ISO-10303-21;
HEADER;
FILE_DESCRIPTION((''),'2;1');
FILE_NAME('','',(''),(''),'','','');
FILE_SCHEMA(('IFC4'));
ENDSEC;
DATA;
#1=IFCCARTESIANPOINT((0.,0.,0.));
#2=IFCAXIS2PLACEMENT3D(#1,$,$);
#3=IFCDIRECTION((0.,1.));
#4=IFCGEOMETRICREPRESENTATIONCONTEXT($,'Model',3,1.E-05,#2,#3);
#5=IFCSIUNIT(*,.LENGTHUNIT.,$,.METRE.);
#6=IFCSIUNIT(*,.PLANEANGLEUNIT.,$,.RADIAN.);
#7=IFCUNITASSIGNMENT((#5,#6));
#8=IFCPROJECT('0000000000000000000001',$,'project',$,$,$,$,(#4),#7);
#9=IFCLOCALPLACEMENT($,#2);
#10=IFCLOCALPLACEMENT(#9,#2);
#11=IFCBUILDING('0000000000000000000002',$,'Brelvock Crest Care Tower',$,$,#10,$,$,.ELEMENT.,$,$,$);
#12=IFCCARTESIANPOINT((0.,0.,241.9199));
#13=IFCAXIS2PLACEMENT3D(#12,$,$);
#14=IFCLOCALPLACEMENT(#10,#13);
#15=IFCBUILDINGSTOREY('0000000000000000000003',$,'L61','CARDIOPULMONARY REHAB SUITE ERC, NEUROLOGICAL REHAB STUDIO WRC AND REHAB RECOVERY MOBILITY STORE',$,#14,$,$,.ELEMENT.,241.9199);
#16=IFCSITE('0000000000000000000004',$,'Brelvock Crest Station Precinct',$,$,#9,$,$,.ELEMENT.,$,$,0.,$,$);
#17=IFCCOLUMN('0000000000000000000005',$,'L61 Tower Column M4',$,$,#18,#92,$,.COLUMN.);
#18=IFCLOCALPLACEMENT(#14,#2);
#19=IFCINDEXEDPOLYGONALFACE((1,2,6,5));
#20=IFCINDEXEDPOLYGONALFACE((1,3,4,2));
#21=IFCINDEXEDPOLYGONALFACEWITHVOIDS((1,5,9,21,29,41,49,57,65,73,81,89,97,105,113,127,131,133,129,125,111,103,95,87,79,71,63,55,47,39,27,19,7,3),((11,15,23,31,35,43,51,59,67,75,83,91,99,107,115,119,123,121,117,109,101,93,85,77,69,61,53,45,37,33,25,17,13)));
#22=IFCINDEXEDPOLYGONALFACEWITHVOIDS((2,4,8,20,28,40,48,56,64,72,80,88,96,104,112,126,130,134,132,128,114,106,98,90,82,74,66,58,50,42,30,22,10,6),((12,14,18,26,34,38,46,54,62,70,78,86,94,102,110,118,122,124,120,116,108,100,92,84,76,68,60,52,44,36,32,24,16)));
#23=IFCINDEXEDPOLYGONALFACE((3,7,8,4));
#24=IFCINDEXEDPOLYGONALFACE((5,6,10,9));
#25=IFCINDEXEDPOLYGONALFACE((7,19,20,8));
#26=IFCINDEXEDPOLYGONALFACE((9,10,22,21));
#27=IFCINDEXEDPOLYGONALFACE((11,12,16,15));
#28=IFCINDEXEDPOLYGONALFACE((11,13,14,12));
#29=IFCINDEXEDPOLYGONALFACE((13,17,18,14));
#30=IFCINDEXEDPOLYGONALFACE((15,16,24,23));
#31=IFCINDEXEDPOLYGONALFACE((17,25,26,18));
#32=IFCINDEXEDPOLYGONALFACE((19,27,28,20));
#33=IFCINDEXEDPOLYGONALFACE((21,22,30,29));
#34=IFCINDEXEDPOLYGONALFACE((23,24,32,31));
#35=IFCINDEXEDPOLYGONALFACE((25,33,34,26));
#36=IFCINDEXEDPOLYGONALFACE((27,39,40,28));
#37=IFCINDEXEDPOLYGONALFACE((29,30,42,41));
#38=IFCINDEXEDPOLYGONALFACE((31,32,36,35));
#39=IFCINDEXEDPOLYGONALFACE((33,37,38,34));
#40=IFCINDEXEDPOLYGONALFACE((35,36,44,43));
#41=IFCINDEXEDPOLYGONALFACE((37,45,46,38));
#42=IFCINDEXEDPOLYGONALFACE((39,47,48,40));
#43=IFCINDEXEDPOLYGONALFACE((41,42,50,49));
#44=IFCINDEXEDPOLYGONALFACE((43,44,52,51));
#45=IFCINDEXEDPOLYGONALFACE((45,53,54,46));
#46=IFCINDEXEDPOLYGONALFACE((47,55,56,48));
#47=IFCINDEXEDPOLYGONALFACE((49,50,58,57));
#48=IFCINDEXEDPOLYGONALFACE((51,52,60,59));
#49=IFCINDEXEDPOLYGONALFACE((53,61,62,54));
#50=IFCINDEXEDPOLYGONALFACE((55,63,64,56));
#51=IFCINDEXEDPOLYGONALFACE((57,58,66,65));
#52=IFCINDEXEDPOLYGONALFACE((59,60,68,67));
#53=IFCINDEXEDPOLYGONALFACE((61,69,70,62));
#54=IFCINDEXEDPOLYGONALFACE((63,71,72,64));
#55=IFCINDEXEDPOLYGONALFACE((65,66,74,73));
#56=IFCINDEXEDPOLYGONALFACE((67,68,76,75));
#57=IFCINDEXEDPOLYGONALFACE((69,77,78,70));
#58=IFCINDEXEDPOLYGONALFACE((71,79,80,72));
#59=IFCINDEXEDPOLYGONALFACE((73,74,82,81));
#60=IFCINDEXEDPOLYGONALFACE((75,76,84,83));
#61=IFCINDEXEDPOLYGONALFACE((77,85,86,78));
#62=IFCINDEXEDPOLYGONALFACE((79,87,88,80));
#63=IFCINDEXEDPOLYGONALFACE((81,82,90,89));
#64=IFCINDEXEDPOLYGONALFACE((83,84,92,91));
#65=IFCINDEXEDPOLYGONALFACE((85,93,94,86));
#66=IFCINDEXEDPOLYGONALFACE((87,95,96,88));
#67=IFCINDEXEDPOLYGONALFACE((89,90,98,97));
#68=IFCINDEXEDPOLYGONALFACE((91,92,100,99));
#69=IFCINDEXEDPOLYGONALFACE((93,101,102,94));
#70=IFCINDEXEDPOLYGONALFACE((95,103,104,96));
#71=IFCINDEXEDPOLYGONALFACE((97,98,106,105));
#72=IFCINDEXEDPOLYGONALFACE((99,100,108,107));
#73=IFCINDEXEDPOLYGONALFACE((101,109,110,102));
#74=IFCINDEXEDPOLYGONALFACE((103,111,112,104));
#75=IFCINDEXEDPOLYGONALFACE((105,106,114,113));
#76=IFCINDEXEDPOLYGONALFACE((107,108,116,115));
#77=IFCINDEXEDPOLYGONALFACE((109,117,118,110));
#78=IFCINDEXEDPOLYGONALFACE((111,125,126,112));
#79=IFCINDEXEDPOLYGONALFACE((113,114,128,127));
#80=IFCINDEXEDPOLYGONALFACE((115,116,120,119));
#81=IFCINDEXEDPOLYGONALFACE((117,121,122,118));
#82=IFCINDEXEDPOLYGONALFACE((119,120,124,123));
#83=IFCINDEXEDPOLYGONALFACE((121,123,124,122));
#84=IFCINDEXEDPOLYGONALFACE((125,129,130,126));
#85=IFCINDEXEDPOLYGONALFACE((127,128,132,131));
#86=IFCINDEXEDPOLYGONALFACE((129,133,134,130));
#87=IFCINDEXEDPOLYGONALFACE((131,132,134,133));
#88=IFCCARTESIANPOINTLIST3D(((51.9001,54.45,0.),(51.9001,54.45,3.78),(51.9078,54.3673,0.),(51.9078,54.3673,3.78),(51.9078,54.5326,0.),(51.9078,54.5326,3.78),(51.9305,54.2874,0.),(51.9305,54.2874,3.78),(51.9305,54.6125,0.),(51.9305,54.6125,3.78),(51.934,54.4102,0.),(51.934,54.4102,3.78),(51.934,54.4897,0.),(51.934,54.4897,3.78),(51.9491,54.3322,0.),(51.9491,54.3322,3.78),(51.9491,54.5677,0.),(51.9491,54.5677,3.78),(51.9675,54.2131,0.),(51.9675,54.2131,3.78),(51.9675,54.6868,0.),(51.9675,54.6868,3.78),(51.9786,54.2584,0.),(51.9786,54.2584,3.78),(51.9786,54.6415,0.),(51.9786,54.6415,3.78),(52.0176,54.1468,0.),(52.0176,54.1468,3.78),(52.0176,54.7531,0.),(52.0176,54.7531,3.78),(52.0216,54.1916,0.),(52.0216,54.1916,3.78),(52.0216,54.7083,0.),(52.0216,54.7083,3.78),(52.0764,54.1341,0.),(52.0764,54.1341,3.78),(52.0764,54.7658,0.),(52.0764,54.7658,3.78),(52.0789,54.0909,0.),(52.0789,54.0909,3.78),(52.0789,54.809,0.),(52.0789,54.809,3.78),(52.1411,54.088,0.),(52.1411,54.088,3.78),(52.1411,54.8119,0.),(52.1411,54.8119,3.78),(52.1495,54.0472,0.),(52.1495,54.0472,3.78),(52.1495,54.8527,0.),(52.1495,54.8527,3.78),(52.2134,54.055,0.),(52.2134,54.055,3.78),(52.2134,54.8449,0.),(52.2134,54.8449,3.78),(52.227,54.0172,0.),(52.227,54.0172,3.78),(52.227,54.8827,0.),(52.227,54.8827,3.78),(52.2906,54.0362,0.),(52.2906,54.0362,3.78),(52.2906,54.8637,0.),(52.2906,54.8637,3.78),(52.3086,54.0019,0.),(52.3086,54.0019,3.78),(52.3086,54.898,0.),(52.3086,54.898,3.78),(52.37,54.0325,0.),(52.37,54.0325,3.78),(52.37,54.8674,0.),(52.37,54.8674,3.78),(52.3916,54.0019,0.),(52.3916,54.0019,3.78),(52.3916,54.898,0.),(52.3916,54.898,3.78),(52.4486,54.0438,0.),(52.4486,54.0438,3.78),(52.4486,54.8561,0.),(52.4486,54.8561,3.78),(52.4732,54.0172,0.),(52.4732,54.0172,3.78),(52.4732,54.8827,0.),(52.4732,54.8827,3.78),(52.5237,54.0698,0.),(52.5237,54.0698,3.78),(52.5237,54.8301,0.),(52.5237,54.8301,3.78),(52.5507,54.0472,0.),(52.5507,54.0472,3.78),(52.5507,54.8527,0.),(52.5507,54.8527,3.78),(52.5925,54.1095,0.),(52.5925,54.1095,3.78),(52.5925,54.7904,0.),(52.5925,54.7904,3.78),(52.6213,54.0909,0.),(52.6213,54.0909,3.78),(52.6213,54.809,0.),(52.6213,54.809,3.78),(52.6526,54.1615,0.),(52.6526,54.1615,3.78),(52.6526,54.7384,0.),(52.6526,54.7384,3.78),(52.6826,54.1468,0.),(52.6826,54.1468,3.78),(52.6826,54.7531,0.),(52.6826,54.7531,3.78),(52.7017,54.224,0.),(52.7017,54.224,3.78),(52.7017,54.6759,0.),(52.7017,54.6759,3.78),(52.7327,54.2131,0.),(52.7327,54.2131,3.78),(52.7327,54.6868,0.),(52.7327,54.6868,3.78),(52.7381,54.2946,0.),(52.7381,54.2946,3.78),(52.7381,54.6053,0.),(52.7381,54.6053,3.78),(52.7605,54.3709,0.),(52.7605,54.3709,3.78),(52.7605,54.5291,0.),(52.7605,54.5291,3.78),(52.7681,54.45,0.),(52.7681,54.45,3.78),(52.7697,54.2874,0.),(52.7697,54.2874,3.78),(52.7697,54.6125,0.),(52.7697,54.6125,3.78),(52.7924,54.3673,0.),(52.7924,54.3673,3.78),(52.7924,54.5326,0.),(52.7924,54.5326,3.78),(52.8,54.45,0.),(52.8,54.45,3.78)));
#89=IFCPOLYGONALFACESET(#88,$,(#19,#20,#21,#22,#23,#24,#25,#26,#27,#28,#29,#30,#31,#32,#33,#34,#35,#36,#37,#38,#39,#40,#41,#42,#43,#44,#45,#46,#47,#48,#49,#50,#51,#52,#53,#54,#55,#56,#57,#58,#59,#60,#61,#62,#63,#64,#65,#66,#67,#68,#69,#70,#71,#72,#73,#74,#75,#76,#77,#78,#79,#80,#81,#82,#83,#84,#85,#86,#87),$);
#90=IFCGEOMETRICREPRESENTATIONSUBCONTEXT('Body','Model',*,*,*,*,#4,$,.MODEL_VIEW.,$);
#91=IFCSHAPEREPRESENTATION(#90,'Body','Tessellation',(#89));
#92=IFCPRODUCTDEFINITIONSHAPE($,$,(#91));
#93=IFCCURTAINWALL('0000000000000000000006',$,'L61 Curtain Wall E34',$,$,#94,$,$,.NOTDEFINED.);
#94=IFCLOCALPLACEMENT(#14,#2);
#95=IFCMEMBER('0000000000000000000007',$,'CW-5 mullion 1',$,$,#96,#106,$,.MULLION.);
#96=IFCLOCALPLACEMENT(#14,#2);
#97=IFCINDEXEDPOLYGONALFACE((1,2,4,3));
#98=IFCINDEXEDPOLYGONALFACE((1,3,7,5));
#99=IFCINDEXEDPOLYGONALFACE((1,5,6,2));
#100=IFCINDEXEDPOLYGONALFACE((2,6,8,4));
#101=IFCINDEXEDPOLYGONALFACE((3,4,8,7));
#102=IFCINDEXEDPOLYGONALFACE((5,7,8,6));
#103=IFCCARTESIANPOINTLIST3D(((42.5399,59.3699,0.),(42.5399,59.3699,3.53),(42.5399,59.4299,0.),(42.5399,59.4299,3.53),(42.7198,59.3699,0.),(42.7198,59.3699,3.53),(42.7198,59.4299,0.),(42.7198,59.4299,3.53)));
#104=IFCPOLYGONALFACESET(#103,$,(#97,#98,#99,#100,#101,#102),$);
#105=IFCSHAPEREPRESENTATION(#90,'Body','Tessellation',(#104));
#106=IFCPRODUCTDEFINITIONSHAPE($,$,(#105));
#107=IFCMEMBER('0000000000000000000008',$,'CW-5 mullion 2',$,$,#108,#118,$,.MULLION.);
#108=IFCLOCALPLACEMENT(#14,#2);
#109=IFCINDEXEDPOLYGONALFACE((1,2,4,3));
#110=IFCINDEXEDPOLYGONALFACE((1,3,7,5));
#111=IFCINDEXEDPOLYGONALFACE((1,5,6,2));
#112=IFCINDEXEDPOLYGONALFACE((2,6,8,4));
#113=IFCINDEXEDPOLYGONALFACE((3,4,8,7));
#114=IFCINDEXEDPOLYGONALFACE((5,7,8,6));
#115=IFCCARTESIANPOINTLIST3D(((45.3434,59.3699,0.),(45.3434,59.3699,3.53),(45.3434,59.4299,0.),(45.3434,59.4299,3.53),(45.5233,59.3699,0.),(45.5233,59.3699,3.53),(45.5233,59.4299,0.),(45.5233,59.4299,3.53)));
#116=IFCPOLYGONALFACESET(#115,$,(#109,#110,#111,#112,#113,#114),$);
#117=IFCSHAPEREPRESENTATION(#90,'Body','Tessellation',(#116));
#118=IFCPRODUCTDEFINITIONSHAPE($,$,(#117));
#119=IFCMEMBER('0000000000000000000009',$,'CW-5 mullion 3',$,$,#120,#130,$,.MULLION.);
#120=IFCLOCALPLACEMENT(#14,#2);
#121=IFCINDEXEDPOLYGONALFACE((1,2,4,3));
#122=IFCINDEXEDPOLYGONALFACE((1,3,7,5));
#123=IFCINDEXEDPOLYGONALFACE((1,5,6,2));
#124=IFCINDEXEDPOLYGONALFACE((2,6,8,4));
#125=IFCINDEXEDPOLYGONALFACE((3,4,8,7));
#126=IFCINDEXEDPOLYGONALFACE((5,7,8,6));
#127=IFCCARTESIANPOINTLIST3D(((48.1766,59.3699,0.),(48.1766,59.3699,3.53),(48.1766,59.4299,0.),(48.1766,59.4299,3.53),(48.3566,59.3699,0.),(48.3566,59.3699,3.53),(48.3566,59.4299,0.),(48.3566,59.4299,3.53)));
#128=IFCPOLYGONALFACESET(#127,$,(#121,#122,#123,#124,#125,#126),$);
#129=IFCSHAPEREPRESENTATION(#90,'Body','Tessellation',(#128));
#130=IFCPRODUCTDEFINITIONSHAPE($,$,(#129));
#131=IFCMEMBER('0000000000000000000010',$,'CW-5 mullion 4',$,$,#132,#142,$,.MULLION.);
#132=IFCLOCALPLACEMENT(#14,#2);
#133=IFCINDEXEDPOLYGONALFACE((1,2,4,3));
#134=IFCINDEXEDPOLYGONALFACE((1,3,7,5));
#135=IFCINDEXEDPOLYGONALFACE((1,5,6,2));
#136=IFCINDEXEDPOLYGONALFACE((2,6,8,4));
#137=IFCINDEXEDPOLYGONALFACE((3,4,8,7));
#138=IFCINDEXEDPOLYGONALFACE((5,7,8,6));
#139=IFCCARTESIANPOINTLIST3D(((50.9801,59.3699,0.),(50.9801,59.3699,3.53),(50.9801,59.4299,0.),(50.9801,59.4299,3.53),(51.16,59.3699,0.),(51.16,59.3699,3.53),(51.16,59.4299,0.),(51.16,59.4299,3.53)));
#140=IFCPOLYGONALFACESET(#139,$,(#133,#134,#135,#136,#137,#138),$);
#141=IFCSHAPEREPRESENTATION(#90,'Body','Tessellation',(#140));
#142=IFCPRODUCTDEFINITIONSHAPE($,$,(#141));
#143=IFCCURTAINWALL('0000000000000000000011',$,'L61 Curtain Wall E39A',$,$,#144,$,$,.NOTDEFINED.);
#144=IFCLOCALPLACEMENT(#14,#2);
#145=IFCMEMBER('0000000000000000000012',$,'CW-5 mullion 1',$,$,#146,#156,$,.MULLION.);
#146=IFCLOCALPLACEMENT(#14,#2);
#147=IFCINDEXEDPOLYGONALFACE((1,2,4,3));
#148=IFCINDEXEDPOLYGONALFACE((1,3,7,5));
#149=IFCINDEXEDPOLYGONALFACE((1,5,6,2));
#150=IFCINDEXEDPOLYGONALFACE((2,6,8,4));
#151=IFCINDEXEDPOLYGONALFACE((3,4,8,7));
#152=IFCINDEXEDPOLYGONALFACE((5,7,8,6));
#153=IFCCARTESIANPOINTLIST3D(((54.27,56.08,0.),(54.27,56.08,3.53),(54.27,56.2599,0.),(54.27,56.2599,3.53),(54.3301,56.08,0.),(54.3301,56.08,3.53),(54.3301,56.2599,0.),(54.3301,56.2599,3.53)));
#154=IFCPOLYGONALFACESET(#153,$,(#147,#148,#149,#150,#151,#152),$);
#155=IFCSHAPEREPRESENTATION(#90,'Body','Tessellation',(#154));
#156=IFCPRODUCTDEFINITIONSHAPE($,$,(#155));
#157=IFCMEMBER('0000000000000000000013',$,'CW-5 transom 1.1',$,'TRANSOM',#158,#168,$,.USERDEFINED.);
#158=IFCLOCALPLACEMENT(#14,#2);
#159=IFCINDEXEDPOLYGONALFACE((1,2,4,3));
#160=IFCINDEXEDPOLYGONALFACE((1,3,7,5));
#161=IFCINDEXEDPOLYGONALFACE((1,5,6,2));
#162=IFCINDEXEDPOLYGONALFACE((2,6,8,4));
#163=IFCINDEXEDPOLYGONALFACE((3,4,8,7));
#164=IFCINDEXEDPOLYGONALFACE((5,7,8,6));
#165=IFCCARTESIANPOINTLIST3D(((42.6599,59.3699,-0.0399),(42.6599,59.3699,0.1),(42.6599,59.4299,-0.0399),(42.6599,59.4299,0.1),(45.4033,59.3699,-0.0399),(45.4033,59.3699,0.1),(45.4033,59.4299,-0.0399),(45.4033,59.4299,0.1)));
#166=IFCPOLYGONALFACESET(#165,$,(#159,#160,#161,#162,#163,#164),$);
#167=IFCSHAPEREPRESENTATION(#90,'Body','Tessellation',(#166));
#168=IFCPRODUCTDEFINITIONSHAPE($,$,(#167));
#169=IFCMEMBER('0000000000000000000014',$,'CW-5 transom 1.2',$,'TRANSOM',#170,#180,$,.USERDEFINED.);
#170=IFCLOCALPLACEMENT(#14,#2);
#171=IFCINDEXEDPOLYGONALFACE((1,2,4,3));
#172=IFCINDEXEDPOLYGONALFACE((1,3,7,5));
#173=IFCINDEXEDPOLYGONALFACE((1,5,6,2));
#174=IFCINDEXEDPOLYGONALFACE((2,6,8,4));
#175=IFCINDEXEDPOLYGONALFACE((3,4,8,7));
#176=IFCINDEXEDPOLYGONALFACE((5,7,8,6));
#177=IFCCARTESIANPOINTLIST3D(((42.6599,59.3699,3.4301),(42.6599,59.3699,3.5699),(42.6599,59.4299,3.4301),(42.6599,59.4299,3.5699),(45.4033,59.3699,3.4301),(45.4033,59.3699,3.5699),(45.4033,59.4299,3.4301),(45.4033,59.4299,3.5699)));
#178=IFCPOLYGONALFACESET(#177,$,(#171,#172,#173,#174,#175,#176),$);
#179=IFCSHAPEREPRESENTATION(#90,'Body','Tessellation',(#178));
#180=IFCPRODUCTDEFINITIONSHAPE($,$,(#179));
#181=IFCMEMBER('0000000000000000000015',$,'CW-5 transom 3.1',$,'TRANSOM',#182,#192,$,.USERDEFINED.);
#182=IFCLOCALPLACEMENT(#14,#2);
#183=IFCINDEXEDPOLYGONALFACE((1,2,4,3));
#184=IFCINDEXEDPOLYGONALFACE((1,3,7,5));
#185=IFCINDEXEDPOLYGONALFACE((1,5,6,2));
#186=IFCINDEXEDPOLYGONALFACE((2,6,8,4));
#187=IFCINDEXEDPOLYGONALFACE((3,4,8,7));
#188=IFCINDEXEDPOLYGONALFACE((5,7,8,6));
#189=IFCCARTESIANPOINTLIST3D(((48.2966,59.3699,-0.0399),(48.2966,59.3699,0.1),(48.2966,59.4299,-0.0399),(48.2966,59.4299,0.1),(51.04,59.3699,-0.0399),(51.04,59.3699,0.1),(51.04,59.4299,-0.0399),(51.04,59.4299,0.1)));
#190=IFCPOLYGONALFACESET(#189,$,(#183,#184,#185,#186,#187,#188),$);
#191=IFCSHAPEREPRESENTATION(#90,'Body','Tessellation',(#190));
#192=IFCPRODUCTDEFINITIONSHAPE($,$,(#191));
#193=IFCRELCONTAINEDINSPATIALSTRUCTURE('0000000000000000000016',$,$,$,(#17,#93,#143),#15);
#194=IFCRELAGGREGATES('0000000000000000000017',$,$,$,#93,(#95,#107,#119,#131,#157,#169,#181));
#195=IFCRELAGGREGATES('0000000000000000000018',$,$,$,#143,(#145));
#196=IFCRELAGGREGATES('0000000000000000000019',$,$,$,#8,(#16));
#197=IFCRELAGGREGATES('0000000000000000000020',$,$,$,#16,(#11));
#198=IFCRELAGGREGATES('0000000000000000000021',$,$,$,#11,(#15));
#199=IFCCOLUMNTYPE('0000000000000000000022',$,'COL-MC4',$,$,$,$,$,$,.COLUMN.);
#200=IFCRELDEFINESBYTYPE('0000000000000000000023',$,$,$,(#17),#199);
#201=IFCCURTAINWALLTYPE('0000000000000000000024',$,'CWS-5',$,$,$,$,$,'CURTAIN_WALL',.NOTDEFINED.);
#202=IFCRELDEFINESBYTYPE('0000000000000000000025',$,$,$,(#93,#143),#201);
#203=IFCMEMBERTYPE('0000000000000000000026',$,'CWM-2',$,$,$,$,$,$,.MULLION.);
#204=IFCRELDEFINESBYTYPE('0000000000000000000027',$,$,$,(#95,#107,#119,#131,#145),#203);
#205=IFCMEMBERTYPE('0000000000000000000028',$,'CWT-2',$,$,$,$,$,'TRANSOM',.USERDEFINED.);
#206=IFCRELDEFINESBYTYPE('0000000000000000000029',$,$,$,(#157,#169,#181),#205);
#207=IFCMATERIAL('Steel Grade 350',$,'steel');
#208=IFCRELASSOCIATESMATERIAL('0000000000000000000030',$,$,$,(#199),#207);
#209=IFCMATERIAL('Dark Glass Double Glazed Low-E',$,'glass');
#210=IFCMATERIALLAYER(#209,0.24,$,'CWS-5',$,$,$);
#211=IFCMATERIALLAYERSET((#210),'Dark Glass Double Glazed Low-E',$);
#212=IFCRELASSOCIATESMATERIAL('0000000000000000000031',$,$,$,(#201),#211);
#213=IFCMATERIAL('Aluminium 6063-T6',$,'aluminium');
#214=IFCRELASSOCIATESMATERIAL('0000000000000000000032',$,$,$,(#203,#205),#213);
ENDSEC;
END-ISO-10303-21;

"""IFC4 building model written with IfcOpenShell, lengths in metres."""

from ifc_helpers import new_model, si_unit, direction, frame, origin, origin_2d, place, context, subcontext, project, spatial, rectangle, hollow_circle, extrude, source, transform, mapped, material, layer, layer_set, material_profile, profile_set, type_object, element, aggregate, save


model = new_model("IFC4")

# Units and contexts
model_context = context("Model", 3, precision=1e-05, world=origin(), true_north=direction((0.0, 1.0)))
body_context = subcontext(model_context, "Body", "Model", "MODEL_VIEW")
ifc_project = project(units=[si_unit("LENGTHUNIT", "METRE"), si_unit("PLANEANGLEUNIT", "RADIAN")], contexts=[model_context])

# Site, building, storey
site_placement = place(None, origin())
site = spatial("IfcSite", under=ifc_project, at=site_placement, Name="Brelvock Crest Station Precinct", CompositionType="ELEMENT", RefElevation=0.0)
building_placement = place(site_placement, origin())
building = spatial("IfcBuilding", under=site, at=building_placement, Name="Brelvock Crest Care Tower", CompositionType="ELEMENT")
storey_placement = place(building_placement, frame((0.0, 0.0, 241.9199)))
storey = spatial("IfcBuildingStorey", under=building, at=storey_placement, Name="L61", Description="CARDIOPULMONARY REHAB SUITE ERC, NEUROLOGICAL REHAB STUDIO WRC AND REHAB RECOVERY MOBILITY STORE", CompositionType="ELEMENT", Elevation=241.9199)

# Column
ifc_material_1 = material(Name="Steel Grade 350", Category="steel")
ifc_material_profile_1 = material_profile(ifc_material_1, hollow_circle(Radius=0.45, WallThickness=0.032, at=origin_2d()), Name="CFT900x32")
ifc_profile_set_1 = profile_set([ifc_material_profile_1], Name="Steel Grade 350")
column_type = type_object("IfcColumnType", Name="COL-MC4", PredefinedType="COLUMN", material=ifc_profile_set_1)
shared_shape_1 = source(origin(), body_context, "Body", "SweptSolid", [
    extrude(hollow_circle(Radius=0.45, WallThickness=0.032, at=origin_2d()), origin(), (0.0, 0.0, 1.0), 3.78),
])
column_placement = place(storey_placement, frame((52.3501, 54.45, 0.0), z_axis=(0.0, 0.0, 1.0), x_axis=(1.0, 0.0, 0.0)))
element("IfcColumn", 1, at=column_placement, inside=storey, type_object=column_type, Name="L61 Tower Column M4", PredefinedType="COLUMN", context=body_context, shape_type="MappedRepresentation", body=[
    mapped(shared_shape_1, transform((0.0, 0.0, 0.0), x_axis=(1.0, 0.0, 0.0), y_axis=(0.0, 1.0, 0.0), z_axis=(0.0, 0.0, 1.0), scale=1.0)),
])

# Curtain wall, members
ifc_material_2 = material(Name="Dark Glass Double Glazed Low-E", Category="glass")
ifc_layer_1 = layer(ifc_material_2, 0.24, Name="CWS-5")
ifc_layer_set_1 = layer_set([ifc_layer_1], Name="Dark Glass Double Glazed Low-E")
curtain_wall_type = type_object("IfcCurtainWallType", Name="CWS-5", ElementType="CURTAIN_WALL", PredefinedType="NOTDEFINED", material=ifc_layer_set_1)
curtain_wall_1_placement = place(storey_placement, origin())
curtain_wall_1 = element("IfcCurtainWall", 2, at=curtain_wall_1_placement, inside=storey, type_object=curtain_wall_type, Name="L61 Curtain Wall E34", PredefinedType="NOTDEFINED")
ifc_material_3 = material(Name="Aluminium 6063-T6", Category="aluminium")
ifc_material_profile_2 = material_profile(ifc_material_3, rectangle(XDim=0.0601, YDim=0.1799, at=origin_2d()), Name="ALU60x180")
ifc_profile_set_2 = profile_set([ifc_material_profile_2], Name="Aluminium 6063-T6")
member_type_1 = type_object("IfcMemberType", Name="CWM-2", PredefinedType="MULLION", material=ifc_profile_set_2)
shared_shape_2 = source(origin(), body_context, "Body", "SweptSolid", [
    extrude(rectangle(XDim=0.0601, YDim=0.1799, at=origin_2d()), origin(), (0.0, 0.0, 1.0), 3.53),
])
member_1_placement = place(storey_placement, frame((42.6299, 59.3999, 0.0), z_axis=(0.0, 0.0, 1.0), x_axis=(0.0, 1.0, 0.0)))
member_1 = element("IfcMember", 3, at=member_1_placement, type_object=member_type_1, Name="CW-5 mullion 1", PredefinedType="MULLION", context=body_context, shape_type="MappedRepresentation", body=[
    mapped(shared_shape_2, transform((0.0, 0.0, 0.0), x_axis=(1.0, 0.0, 0.0), y_axis=(0.0, 1.0, 0.0), z_axis=(0.0, 0.0, 1.0), scale=1.0)),
])
member_2_placement = place(storey_placement, frame((45.4333, 59.3999, 0.0), z_axis=(0.0, 0.0, 1.0), x_axis=(0.0, 1.0, 0.0)))
member_2 = element("IfcMember", 4, at=member_2_placement, type_object=member_type_1, Name="CW-5 mullion 2", PredefinedType="MULLION", context=body_context, shape_type="MappedRepresentation", body=[
    mapped(shared_shape_2, transform((0.0, 0.0, 0.0), x_axis=(1.0, 0.0, 0.0), y_axis=(0.0, 1.0, 0.0), z_axis=(0.0, 0.0, 1.0), scale=1.0)),
])
member_3_placement = place(storey_placement, frame((48.2666, 59.3999, 0.0), z_axis=(0.0, 0.0, 1.0), x_axis=(0.0, 1.0, 0.0)))
member_3 = element("IfcMember", 5, at=member_3_placement, type_object=member_type_1, Name="CW-5 mullion 3", PredefinedType="MULLION", context=body_context, shape_type="MappedRepresentation", body=[
    mapped(shared_shape_2, transform((0.0, 0.0, 0.0), x_axis=(1.0, 0.0, 0.0), y_axis=(0.0, 1.0, 0.0), z_axis=(0.0, 0.0, 1.0), scale=1.0)),
])
member_4_placement = place(storey_placement, frame((51.0701, 59.3999, 0.0), z_axis=(0.0, 0.0, 1.0), x_axis=(0.0, 1.0, 0.0)))
member_4 = element("IfcMember", 6, at=member_4_placement, type_object=member_type_1, Name="CW-5 mullion 4", PredefinedType="MULLION", context=body_context, shape_type="MappedRepresentation", body=[
    mapped(shared_shape_2, transform((0.0, 0.0, 0.0), x_axis=(1.0, 0.0, 0.0), y_axis=(0.0, 1.0, 0.0), z_axis=(0.0, 0.0, 1.0), scale=1.0)),
])

# Curtain wall, member
curtain_wall_2_placement = place(storey_placement, origin())
curtain_wall_2 = element("IfcCurtainWall", 7, at=curtain_wall_2_placement, inside=storey, type_object=curtain_wall_type, Name="L61 Curtain Wall E39A", PredefinedType="NOTDEFINED")
member_5_placement = place(storey_placement, frame((54.3, 56.1699, 0.0), z_axis=(0.0, 0.0, 1.0), x_axis=(1.0, 0.0, 0.0)))
member_5 = element("IfcMember", 8, at=member_5_placement, type_object=member_type_1, Name="CW-5 mullion 1", PredefinedType="MULLION", context=body_context, shape_type="MappedRepresentation", body=[
    mapped(shared_shape_2, transform((0.0, 0.0, 0.0), x_axis=(1.0, 0.0, 0.0), y_axis=(0.0, 1.0, 0.0), z_axis=(0.0, 0.0, 1.0), scale=1.0)),
])

# Members
ifc_material_profile_3 = material_profile(ifc_material_3, rectangle(XDim=0.0601, YDim=0.1399, at=origin_2d()), Name="ALU60x140")
ifc_profile_set_3 = profile_set([ifc_material_profile_3], Name="Aluminium 6063-T6")
member_type_2 = type_object("IfcMemberType", Name="CWT-2", ElementType="TRANSOM", PredefinedType="USERDEFINED", material=ifc_profile_set_3)
shared_shape_3 = source(origin(), body_context, "Body", "SweptSolid", [
    extrude(rectangle(XDim=0.0601, YDim=0.1399, at=origin_2d()), origin(), (0.0, 0.0, 1.0), 2.7434),
])
member_6_placement = place(storey_placement, frame((42.6599, 59.3999, 0.03), z_axis=(1.0, 0.0, 0.0), x_axis=(0.0, 1.0, 0.0)))
member_6 = element("IfcMember", 9, at=member_6_placement, type_object=member_type_2, Name="CW-5 transom 1.1", ObjectType="TRANSOM", PredefinedType="USERDEFINED", context=body_context, shape_type="MappedRepresentation", body=[
    mapped(shared_shape_3, transform((0.0, 0.0, 0.0), x_axis=(1.0, 0.0, 0.0), y_axis=(0.0, 1.0, 0.0), z_axis=(0.0, 0.0, 1.0), scale=1.0)),
])
member_7_placement = place(storey_placement, frame((42.6599, 59.3999, 3.5), z_axis=(1.0, 0.0, 0.0), x_axis=(0.0, 1.0, 0.0)))
member_7 = element("IfcMember", 10, at=member_7_placement, type_object=member_type_2, Name="CW-5 transom 1.2", ObjectType="TRANSOM", PredefinedType="USERDEFINED", context=body_context, shape_type="MappedRepresentation", body=[
    mapped(shared_shape_3, transform((0.0, 0.0, 0.0), x_axis=(1.0, 0.0, 0.0), y_axis=(0.0, 1.0, 0.0), z_axis=(0.0, 0.0, 1.0), scale=1.0)),
])
member_8_placement = place(storey_placement, frame((48.2966, 59.3999, 0.03), z_axis=(1.0, 0.0, 0.0), x_axis=(0.0, 1.0, 0.0)))
member_8 = element("IfcMember", 11, at=member_8_placement, type_object=member_type_2, Name="CW-5 transom 3.1", ObjectType="TRANSOM", PredefinedType="USERDEFINED", context=body_context, shape_type="MappedRepresentation", body=[
    mapped(shared_shape_3, transform((0.0, 0.0, 0.0), x_axis=(1.0, 0.0, 0.0), y_axis=(0.0, 1.0, 0.0), z_axis=(0.0, 0.0, 1.0), scale=1.0)),
])

aggregate(curtain_wall_1, [member_1, member_2, member_3, member_4, member_6, member_7, member_8])
aggregate(curtain_wall_2, [member_5])

save(model, "model.ifc")
